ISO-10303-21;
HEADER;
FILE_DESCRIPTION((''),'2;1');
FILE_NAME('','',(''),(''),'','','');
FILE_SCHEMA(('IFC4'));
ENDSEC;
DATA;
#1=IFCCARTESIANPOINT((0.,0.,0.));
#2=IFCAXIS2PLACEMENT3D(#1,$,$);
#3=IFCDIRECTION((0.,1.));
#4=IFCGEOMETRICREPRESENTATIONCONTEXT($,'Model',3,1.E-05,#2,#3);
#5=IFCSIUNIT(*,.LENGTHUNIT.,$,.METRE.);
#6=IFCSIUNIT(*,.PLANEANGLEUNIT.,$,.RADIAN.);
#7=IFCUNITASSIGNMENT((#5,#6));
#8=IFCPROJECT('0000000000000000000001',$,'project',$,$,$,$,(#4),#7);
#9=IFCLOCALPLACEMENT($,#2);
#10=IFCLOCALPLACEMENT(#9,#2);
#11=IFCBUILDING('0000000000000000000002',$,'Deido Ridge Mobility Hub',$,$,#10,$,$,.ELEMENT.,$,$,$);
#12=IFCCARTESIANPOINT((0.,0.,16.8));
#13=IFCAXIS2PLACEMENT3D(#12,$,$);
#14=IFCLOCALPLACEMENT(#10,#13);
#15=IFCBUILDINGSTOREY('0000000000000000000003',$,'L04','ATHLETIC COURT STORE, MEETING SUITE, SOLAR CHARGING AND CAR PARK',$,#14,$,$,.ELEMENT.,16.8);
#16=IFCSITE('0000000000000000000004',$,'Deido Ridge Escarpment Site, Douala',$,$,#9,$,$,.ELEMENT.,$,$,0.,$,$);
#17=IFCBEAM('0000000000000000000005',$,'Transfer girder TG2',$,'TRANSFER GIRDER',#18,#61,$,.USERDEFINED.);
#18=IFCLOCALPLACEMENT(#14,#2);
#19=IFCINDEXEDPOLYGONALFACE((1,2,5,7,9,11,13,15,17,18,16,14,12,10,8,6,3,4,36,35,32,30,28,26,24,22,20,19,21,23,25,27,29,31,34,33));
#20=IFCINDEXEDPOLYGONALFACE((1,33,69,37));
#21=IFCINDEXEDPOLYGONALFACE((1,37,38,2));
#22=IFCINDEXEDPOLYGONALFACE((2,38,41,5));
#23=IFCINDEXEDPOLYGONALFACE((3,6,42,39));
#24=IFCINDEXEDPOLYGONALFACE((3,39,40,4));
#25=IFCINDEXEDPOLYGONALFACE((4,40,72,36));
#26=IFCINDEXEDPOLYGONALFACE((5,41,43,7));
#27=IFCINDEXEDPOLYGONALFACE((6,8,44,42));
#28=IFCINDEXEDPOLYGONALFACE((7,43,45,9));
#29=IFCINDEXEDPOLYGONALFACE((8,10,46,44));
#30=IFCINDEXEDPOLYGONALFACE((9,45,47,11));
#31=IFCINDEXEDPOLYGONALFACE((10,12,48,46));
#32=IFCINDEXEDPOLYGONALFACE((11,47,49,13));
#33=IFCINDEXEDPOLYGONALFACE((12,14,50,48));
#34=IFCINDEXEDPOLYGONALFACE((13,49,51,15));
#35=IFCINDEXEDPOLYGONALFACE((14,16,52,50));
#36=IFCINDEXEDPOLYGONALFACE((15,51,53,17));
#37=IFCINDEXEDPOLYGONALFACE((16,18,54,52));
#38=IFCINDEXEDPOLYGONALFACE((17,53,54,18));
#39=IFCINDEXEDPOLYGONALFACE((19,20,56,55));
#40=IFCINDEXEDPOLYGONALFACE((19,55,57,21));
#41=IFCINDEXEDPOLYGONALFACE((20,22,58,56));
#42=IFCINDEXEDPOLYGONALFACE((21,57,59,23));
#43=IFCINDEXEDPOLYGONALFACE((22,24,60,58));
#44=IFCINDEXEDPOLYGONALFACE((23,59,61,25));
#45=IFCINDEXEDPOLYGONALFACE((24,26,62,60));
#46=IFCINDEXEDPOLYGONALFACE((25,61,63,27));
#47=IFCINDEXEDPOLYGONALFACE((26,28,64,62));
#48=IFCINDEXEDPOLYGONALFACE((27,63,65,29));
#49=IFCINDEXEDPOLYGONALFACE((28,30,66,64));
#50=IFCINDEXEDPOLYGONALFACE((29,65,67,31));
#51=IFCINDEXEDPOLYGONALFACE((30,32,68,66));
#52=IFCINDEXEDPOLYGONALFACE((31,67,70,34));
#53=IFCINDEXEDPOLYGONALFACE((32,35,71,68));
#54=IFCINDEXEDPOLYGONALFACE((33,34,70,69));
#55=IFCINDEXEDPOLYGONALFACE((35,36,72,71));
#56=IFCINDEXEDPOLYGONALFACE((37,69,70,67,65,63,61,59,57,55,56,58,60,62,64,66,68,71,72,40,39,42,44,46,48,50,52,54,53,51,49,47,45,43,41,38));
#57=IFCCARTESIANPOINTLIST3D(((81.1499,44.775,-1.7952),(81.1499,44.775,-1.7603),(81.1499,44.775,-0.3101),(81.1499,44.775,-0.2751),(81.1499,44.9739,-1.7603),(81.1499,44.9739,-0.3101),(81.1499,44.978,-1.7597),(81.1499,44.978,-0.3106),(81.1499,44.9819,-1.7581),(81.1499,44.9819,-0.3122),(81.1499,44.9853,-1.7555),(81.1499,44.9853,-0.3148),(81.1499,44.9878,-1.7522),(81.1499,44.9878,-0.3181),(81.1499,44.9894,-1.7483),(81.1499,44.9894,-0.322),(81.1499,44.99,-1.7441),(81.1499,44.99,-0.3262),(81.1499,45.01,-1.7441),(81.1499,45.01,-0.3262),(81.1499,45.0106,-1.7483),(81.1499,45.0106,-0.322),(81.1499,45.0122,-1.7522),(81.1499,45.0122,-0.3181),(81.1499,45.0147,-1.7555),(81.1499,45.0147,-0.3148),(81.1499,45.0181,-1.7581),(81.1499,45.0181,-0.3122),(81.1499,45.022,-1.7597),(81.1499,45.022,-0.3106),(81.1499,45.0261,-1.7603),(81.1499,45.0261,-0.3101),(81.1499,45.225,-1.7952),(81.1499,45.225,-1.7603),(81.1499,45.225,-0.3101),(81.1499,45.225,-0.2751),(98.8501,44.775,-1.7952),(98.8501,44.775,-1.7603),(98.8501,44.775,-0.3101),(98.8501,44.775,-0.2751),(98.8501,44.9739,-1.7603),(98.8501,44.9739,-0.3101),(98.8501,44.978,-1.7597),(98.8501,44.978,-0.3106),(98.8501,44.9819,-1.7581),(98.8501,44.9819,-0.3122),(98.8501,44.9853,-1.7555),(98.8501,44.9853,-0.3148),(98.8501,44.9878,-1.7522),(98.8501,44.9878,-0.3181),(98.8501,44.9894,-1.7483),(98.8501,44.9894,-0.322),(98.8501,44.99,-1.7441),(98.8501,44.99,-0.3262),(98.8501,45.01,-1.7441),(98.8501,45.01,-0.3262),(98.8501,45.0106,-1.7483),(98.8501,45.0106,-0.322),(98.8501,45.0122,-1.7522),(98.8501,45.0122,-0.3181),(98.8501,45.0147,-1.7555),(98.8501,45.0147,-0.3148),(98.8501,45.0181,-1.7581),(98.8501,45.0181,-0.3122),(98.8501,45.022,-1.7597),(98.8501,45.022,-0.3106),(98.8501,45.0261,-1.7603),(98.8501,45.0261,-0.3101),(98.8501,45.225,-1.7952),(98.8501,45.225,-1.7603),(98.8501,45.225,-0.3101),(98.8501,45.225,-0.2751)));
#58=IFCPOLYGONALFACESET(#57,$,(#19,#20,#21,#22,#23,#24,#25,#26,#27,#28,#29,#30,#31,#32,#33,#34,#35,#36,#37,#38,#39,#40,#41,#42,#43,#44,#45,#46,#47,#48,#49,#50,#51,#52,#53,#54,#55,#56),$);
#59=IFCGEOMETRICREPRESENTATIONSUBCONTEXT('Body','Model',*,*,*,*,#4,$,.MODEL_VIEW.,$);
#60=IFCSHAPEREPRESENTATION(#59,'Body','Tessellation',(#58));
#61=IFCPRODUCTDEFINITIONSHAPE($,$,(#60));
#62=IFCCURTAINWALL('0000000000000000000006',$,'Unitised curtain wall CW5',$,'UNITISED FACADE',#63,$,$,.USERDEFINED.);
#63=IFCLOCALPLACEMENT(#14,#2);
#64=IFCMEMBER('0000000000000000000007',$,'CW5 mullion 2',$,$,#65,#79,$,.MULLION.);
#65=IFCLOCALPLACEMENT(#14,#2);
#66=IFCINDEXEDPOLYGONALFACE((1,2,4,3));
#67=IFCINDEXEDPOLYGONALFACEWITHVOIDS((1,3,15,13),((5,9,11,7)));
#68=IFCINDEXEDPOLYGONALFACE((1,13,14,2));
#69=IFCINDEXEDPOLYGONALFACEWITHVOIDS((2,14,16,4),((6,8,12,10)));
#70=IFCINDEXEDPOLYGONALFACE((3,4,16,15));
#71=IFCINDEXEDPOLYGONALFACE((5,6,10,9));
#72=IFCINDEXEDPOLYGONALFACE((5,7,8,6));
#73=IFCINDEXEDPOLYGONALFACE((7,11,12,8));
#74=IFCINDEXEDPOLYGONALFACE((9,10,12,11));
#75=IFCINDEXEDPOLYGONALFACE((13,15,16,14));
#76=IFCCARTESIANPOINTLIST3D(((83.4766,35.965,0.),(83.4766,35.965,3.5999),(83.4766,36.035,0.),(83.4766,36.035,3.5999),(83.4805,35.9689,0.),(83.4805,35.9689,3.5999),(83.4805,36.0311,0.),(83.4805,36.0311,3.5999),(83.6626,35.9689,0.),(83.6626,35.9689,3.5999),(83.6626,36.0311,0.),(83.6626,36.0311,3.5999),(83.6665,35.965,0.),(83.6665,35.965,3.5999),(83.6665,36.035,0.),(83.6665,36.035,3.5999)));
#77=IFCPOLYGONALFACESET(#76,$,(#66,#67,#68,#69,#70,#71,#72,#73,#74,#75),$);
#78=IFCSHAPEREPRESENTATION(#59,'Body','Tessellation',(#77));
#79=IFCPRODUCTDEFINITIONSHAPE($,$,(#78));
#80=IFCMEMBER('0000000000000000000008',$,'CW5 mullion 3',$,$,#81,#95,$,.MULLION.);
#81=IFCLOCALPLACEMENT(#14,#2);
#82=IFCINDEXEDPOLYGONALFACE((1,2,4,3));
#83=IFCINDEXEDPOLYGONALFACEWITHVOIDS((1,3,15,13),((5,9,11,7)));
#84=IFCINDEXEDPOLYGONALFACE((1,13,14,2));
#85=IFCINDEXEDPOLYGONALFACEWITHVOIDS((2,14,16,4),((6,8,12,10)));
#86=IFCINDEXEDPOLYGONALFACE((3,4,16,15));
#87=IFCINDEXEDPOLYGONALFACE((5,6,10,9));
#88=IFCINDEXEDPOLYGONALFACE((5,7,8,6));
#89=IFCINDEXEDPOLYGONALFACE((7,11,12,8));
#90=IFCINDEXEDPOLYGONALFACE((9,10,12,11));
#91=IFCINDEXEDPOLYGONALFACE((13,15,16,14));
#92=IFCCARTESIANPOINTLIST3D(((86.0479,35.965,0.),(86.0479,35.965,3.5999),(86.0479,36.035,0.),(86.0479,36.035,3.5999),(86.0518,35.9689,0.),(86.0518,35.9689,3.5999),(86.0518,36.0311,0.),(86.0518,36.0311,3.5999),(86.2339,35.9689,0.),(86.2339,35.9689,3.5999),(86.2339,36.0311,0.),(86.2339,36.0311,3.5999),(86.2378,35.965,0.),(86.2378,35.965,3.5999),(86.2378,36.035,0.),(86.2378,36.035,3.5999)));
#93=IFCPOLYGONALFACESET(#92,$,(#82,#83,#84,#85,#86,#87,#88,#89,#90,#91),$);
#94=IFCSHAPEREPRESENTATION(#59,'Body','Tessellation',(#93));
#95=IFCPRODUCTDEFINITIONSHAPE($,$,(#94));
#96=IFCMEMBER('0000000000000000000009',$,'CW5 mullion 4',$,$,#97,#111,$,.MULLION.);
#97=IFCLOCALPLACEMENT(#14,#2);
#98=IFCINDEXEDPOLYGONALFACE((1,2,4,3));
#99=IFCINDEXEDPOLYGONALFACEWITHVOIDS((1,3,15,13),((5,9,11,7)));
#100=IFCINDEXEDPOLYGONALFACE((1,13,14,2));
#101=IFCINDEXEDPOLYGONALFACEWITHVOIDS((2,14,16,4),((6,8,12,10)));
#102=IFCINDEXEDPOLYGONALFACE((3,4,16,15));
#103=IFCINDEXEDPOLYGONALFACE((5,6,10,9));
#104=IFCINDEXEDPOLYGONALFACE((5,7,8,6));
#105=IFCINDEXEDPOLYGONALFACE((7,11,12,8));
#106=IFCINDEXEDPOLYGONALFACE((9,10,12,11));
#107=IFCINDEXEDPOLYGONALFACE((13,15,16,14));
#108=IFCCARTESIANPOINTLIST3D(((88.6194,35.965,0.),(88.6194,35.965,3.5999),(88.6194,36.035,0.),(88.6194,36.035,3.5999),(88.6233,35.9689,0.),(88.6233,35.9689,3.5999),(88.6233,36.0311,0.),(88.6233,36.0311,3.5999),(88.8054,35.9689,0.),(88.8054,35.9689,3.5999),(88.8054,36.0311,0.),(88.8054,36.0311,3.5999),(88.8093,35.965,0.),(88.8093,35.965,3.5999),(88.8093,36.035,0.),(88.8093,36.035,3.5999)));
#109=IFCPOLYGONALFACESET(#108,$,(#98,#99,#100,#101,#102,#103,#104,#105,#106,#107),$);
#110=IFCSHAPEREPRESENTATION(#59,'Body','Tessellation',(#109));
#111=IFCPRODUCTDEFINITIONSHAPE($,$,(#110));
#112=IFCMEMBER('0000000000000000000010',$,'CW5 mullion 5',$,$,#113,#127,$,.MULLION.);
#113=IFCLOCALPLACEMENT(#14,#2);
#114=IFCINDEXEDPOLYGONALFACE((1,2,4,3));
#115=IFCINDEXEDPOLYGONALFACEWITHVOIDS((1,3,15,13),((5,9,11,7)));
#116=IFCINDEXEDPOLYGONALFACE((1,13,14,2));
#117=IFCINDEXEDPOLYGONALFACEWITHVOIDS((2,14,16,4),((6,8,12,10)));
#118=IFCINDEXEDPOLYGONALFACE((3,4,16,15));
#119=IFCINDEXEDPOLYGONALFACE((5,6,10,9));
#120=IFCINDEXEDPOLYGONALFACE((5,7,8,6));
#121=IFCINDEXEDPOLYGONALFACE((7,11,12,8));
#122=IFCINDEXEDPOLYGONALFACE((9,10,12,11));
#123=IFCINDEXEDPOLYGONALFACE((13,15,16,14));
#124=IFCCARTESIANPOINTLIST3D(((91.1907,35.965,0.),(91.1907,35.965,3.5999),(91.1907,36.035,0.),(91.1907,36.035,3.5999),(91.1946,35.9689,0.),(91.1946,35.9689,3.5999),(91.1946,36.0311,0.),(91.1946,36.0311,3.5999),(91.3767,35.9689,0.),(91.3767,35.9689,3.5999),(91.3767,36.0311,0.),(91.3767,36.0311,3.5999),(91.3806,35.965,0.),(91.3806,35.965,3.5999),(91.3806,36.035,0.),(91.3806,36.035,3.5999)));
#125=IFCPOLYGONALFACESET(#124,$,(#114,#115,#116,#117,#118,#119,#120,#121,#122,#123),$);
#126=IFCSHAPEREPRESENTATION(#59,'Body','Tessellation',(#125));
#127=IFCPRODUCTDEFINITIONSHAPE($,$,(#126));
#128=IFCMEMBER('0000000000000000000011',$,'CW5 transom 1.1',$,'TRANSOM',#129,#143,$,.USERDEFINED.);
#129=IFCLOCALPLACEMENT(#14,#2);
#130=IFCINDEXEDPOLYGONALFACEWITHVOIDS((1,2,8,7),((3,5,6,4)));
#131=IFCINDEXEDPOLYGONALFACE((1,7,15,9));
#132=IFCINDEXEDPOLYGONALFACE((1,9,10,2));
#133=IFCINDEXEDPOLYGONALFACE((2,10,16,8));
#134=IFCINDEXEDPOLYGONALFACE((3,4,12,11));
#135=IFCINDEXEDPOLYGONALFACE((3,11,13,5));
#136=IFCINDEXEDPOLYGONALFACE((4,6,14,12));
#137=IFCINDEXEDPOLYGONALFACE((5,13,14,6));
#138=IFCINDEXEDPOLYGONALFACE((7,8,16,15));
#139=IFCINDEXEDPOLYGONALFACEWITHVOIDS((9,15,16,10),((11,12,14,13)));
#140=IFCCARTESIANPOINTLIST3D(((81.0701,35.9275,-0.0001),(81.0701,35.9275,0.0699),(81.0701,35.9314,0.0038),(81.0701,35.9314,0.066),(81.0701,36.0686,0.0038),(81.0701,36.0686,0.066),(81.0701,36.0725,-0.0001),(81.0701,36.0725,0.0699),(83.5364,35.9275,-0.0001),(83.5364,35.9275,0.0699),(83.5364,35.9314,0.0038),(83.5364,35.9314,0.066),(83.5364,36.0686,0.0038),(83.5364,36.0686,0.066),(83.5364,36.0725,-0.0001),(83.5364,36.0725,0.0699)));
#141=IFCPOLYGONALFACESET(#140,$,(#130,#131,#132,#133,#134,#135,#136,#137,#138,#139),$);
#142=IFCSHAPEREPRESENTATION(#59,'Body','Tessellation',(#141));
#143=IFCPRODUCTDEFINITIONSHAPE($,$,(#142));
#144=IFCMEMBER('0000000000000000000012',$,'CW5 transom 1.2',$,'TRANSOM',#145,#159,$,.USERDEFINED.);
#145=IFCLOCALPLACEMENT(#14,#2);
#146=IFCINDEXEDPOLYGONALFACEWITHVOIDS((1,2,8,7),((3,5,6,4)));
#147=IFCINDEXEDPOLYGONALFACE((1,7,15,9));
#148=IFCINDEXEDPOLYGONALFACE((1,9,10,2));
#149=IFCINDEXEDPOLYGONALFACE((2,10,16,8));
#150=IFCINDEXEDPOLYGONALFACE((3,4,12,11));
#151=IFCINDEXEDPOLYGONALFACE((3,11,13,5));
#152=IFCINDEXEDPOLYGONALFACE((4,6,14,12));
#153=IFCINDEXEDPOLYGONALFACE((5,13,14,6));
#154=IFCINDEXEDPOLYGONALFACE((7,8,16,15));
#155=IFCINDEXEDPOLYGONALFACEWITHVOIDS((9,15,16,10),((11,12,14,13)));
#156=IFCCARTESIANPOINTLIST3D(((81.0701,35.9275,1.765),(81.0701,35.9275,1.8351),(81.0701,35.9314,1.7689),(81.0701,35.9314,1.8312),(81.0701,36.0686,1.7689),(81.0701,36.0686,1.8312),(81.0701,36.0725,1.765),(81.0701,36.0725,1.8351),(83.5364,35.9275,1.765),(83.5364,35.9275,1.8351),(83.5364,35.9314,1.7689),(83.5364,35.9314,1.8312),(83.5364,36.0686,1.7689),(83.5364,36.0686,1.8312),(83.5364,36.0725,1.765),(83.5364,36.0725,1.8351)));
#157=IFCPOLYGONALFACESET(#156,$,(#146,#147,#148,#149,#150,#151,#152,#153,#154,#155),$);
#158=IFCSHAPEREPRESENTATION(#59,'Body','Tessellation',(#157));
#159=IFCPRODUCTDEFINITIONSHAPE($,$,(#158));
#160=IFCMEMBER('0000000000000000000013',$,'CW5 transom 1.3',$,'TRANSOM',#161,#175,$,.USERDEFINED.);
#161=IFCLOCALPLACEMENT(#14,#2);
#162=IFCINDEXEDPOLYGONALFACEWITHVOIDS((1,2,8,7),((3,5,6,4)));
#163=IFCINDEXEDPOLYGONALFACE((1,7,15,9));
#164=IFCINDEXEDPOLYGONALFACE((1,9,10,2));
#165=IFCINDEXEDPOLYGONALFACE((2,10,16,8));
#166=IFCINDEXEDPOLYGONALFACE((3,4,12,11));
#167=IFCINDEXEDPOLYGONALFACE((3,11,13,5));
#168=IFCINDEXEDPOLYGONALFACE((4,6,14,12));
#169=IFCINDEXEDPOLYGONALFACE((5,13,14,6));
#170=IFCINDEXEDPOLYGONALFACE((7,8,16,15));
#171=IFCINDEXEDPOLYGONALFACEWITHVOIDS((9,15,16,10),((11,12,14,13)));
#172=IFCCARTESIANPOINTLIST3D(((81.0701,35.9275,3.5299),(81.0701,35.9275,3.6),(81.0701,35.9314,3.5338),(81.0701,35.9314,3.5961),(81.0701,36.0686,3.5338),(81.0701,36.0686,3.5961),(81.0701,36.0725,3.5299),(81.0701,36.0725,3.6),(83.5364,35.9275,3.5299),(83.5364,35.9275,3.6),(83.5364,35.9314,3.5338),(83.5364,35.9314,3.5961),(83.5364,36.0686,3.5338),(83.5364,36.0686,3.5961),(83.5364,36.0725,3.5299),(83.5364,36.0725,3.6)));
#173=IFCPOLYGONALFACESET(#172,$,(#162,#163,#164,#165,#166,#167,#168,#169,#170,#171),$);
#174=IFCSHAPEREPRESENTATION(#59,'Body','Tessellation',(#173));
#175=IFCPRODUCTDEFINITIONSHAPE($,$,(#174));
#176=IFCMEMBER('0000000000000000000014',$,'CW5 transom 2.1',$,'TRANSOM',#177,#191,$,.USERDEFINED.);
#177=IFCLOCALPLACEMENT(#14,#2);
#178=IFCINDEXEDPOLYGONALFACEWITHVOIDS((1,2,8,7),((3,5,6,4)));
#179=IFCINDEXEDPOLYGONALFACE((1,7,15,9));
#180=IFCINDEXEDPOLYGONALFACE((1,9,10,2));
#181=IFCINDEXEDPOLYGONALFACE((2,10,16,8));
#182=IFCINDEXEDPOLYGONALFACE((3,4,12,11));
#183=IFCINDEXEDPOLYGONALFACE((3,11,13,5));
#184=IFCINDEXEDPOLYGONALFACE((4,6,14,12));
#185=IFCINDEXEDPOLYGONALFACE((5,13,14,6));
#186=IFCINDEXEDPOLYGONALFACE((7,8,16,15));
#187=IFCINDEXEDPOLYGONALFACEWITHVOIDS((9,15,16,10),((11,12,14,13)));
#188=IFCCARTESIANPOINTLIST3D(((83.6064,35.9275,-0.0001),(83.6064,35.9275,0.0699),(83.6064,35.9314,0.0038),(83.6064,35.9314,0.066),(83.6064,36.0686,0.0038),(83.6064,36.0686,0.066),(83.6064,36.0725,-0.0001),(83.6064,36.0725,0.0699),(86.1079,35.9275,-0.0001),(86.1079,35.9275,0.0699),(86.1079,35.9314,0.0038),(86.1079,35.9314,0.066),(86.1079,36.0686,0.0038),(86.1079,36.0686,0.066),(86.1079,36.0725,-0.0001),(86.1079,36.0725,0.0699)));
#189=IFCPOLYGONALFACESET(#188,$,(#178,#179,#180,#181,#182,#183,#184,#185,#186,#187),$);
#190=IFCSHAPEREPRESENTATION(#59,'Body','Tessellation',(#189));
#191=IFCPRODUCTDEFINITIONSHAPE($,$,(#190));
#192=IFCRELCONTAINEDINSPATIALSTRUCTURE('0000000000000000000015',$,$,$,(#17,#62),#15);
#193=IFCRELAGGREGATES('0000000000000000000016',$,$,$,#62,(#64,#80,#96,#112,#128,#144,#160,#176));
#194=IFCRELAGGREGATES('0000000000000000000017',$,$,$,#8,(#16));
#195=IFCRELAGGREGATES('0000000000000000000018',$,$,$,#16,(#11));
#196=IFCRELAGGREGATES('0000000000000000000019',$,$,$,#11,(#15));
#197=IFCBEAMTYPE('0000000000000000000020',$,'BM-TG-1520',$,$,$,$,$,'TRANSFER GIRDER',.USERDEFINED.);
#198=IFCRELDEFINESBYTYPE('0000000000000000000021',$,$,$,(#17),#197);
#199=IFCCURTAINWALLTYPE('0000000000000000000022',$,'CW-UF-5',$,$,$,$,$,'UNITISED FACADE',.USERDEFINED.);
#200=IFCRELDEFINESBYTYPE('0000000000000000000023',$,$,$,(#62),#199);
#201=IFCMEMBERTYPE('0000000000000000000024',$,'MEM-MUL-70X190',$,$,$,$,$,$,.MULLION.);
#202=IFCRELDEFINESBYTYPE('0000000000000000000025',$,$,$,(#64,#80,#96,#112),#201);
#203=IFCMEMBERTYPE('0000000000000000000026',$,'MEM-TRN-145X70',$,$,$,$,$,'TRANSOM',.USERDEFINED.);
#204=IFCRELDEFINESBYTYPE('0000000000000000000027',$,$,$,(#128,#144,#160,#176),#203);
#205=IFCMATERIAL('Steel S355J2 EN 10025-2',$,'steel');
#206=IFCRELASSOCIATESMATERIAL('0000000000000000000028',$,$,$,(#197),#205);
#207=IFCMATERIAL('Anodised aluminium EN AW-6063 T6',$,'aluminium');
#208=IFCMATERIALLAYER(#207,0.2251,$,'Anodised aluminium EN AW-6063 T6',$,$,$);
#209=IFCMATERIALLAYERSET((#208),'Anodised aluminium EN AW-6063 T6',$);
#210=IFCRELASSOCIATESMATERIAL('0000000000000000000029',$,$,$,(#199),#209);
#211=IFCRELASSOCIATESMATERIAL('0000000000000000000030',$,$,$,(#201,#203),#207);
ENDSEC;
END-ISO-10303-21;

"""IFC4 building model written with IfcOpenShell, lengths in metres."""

from ifc_helpers import new_model, si_unit, direction, frame, origin, origin_2d, place, context, subcontext, project, spatial, hollow_rectangle, i_section, extrude, material, layer, layer_set, material_profile, profile_set, type_object, element, aggregate, save


model = new_model("IFC4")

# Units and contexts
model_context = context("Model", 3, precision=1e-05, world=origin(), true_north=direction((0.0, 1.0)))
body_context = subcontext(model_context, "Body", "Model", "MODEL_VIEW")
ifc_project = project(units=[si_unit("LENGTHUNIT", "METRE"), si_unit("PLANEANGLEUNIT", "RADIAN")], contexts=[model_context])

# Site, building, storey
site_placement = place(None, origin())
site = spatial("IfcSite", under=ifc_project, at=site_placement, Name="Deido Ridge Escarpment Site, Douala", CompositionType="ELEMENT", RefElevation=0.0)
building_placement = place(site_placement, origin())
building = spatial("IfcBuilding", under=site, at=building_placement, Name="Deido Ridge Mobility Hub", CompositionType="ELEMENT")
storey_placement = place(building_placement, frame((0.0, 0.0, 16.8)))
storey = spatial("IfcBuildingStorey", under=building, at=storey_placement, Name="L04", Description="ATHLETIC COURT STORE, MEETING SUITE, SOLAR CHARGING AND CAR PARK", CompositionType="ELEMENT", Elevation=16.8)

# Beam
ifc_material_1 = material(Name="Steel S355J2 EN 10025-2", Category="steel")
ifc_material_profile_1 = material_profile(ifc_material_1, i_section(OverallWidth=0.45, OverallDepth=1.52, WebThickness=0.02, FlangeThickness=0.0349, FilletRadius=0.0161, at=origin_2d()), Name="WTG 1520x450")
ifc_profile_set_1 = profile_set([ifc_material_profile_1], Name="Steel S355J2 EN 10025-2")
beam_type_1 = type_object("IfcBeamType", Name="BM-TG-1520", ElementType="TRANSFER GIRDER", PredefinedType="USERDEFINED", material=ifc_profile_set_1)
beam_1_placement = place(storey_placement, frame((81.1499, 45.0, -1.0352), z_axis=(1.0, 0.0, 0.0), x_axis=(0.0, 1.0, 0.0)))
element("IfcBeam", 1, at=beam_1_placement, inside=storey, type_object=beam_type_1, Name="Transfer girder TG2", ObjectType="TRANSFER GIRDER", PredefinedType="USERDEFINED", context=body_context, shape_type="SweptSolid", body=[
    extrude(i_section(OverallWidth=0.45, OverallDepth=1.52, WebThickness=0.02, FlangeThickness=0.0349, FilletRadius=0.0161, at=origin_2d()), origin(), (0.0, 0.0, 1.0), 17.7002),
])

# Curtain wall, members
ifc_material_2 = material(Name="Anodised aluminium EN AW-6063 T6", Category="aluminium")
ifc_layer_1 = layer(ifc_material_2, 0.2251, Name="Anodised aluminium EN AW-6063 T6")
ifc_layer_set_1 = layer_set([ifc_layer_1], Name="Anodised aluminium EN AW-6063 T6")
curtain_wall_type = type_object("IfcCurtainWallType", Name="CW-UF-5", ElementType="UNITISED FACADE", PredefinedType="USERDEFINED", material=ifc_layer_set_1)
curtain_wall_placement = place(storey_placement, origin())
curtain_wall = element("IfcCurtainWall", 2, at=curtain_wall_placement, inside=storey, type_object=curtain_wall_type, Name="Unitised curtain wall CW5", ObjectType="UNITISED FACADE", PredefinedType="USERDEFINED")
ifc_material_profile_2 = material_profile(ifc_material_2, hollow_rectangle(XDim=0.0701, YDim=0.1899, WallThickness=0.0039, at=origin_2d()), Name="RHS 70x190x4")
ifc_profile_set_2 = profile_set([ifc_material_profile_2], Name="Anodised aluminium EN AW-6063 T6")
member_type_1 = type_object("IfcMemberType", Name="MEM-MUL-70X190", PredefinedType="MULLION", material=ifc_profile_set_2)
member_1_placement = place(storey_placement, frame((83.5715, 36.0, 0.0), z_axis=(0.0, 0.0, 1.0), x_axis=(0.0, 1.0, 0.0)))
member_1 = element("IfcMember", 3, at=member_1_placement, type_object=member_type_1, Name="CW5 mullion 2", PredefinedType="MULLION", context=body_context, shape_type="SweptSolid", body=[
    extrude(hollow_rectangle(XDim=0.0701, YDim=0.1899, WallThickness=0.0039, at=origin_2d()), origin(), (0.0, 0.0, 1.0), 3.5999),
])
member_2_placement = place(storey_placement, frame((86.1428, 36.0, 0.0), z_axis=(0.0, 0.0, 1.0), x_axis=(0.0, 1.0, 0.0)))
member_2 = element("IfcMember", 4, at=member_2_placement, type_object=member_type_1, Name="CW5 mullion 3", PredefinedType="MULLION", context=body_context, shape_type="SweptSolid", body=[
    extrude(hollow_rectangle(XDim=0.0701, YDim=0.1899, WallThickness=0.0039, at=origin_2d()), origin(), (0.0, 0.0, 1.0), 3.5999),
])
member_3_placement = place(storey_placement, frame((88.7144, 36.0, 0.0), z_axis=(0.0, 0.0, 1.0), x_axis=(0.0, 1.0, 0.0)))
member_3 = element("IfcMember", 5, at=member_3_placement, type_object=member_type_1, Name="CW5 mullion 4", PredefinedType="MULLION", context=body_context, shape_type="SweptSolid", body=[
    extrude(hollow_rectangle(XDim=0.0701, YDim=0.1899, WallThickness=0.0039, at=origin_2d()), origin(), (0.0, 0.0, 1.0), 3.5999),
])
member_4_placement = place(storey_placement, frame((91.2856, 36.0, 0.0), z_axis=(0.0, 0.0, 1.0), x_axis=(0.0, 1.0, 0.0)))
member_4 = element("IfcMember", 6, at=member_4_placement, type_object=member_type_1, Name="CW5 mullion 5", PredefinedType="MULLION", context=body_context, shape_type="SweptSolid", body=[
    extrude(hollow_rectangle(XDim=0.0701, YDim=0.1899, WallThickness=0.0039, at=origin_2d()), origin(), (0.0, 0.0, 1.0), 3.5999),
])
ifc_material_profile_3 = material_profile(ifc_material_2, hollow_rectangle(XDim=0.145, YDim=0.0701, WallThickness=0.0039, at=origin_2d()), Name="RHS 145x70x4")
ifc_profile_set_3 = profile_set([ifc_material_profile_3], Name="Anodised aluminium EN AW-6063 T6")
member_type_2 = type_object("IfcMemberType", Name="MEM-TRN-145X70", ElementType="TRANSOM", PredefinedType="USERDEFINED", material=ifc_profile_set_3)
member_5_placement = place(storey_placement, frame((81.0701, 36.0, 0.0349), z_axis=(1.0, 0.0, 0.0), x_axis=(0.0, 1.0, 0.0)))
member_5 = element("IfcMember", 7, at=member_5_placement, type_object=member_type_2, Name="CW5 transom 1.1", ObjectType="TRANSOM", PredefinedType="USERDEFINED", context=body_context, shape_type="SweptSolid", body=[
    extrude(hollow_rectangle(XDim=0.145, YDim=0.0701, WallThickness=0.0039, at=origin_2d()), origin(), (0.0, 0.0, 1.0), 2.4663),
])
member_6_placement = place(storey_placement, frame((81.0701, 36.0, 1.8), z_axis=(1.0, 0.0, 0.0), x_axis=(0.0, 1.0, 0.0)))
member_6 = element("IfcMember", 8, at=member_6_placement, type_object=member_type_2, Name="CW5 transom 1.2", ObjectType="TRANSOM", PredefinedType="USERDEFINED", context=body_context, shape_type="SweptSolid", body=[
    extrude(hollow_rectangle(XDim=0.145, YDim=0.0701, WallThickness=0.0039, at=origin_2d()), origin(), (0.0, 0.0, 1.0), 2.4663),
])
member_7_placement = place(storey_placement, frame((81.0701, 36.0, 3.5649), z_axis=(1.0, 0.0, 0.0), x_axis=(0.0, 1.0, 0.0)))
member_7 = element("IfcMember", 9, at=member_7_placement, type_object=member_type_2, Name="CW5 transom 1.3", ObjectType="TRANSOM", PredefinedType="USERDEFINED", context=body_context, shape_type="SweptSolid", body=[
    extrude(hollow_rectangle(XDim=0.145, YDim=0.0701, WallThickness=0.0039, at=origin_2d()), origin(), (0.0, 0.0, 1.0), 2.4663),
])
member_8_placement = place(storey_placement, frame((83.6064, 36.0, 0.0349), z_axis=(1.0, 0.0, 0.0), x_axis=(0.0, 1.0, 0.0)))
member_8 = element("IfcMember", 10, at=member_8_placement, type_object=member_type_2, Name="CW5 transom 2.1", ObjectType="TRANSOM", PredefinedType="USERDEFINED", context=body_context, shape_type="SweptSolid", body=[
    extrude(hollow_rectangle(XDim=0.145, YDim=0.0701, WallThickness=0.0039, at=origin_2d()), origin(), (0.0, 0.0, 1.0), 2.5015),
])

aggregate(curtain_wall, [member_1, member_2, member_3, member_4, member_5, member_6, member_7, member_8])

save(model, "model.ifc")
